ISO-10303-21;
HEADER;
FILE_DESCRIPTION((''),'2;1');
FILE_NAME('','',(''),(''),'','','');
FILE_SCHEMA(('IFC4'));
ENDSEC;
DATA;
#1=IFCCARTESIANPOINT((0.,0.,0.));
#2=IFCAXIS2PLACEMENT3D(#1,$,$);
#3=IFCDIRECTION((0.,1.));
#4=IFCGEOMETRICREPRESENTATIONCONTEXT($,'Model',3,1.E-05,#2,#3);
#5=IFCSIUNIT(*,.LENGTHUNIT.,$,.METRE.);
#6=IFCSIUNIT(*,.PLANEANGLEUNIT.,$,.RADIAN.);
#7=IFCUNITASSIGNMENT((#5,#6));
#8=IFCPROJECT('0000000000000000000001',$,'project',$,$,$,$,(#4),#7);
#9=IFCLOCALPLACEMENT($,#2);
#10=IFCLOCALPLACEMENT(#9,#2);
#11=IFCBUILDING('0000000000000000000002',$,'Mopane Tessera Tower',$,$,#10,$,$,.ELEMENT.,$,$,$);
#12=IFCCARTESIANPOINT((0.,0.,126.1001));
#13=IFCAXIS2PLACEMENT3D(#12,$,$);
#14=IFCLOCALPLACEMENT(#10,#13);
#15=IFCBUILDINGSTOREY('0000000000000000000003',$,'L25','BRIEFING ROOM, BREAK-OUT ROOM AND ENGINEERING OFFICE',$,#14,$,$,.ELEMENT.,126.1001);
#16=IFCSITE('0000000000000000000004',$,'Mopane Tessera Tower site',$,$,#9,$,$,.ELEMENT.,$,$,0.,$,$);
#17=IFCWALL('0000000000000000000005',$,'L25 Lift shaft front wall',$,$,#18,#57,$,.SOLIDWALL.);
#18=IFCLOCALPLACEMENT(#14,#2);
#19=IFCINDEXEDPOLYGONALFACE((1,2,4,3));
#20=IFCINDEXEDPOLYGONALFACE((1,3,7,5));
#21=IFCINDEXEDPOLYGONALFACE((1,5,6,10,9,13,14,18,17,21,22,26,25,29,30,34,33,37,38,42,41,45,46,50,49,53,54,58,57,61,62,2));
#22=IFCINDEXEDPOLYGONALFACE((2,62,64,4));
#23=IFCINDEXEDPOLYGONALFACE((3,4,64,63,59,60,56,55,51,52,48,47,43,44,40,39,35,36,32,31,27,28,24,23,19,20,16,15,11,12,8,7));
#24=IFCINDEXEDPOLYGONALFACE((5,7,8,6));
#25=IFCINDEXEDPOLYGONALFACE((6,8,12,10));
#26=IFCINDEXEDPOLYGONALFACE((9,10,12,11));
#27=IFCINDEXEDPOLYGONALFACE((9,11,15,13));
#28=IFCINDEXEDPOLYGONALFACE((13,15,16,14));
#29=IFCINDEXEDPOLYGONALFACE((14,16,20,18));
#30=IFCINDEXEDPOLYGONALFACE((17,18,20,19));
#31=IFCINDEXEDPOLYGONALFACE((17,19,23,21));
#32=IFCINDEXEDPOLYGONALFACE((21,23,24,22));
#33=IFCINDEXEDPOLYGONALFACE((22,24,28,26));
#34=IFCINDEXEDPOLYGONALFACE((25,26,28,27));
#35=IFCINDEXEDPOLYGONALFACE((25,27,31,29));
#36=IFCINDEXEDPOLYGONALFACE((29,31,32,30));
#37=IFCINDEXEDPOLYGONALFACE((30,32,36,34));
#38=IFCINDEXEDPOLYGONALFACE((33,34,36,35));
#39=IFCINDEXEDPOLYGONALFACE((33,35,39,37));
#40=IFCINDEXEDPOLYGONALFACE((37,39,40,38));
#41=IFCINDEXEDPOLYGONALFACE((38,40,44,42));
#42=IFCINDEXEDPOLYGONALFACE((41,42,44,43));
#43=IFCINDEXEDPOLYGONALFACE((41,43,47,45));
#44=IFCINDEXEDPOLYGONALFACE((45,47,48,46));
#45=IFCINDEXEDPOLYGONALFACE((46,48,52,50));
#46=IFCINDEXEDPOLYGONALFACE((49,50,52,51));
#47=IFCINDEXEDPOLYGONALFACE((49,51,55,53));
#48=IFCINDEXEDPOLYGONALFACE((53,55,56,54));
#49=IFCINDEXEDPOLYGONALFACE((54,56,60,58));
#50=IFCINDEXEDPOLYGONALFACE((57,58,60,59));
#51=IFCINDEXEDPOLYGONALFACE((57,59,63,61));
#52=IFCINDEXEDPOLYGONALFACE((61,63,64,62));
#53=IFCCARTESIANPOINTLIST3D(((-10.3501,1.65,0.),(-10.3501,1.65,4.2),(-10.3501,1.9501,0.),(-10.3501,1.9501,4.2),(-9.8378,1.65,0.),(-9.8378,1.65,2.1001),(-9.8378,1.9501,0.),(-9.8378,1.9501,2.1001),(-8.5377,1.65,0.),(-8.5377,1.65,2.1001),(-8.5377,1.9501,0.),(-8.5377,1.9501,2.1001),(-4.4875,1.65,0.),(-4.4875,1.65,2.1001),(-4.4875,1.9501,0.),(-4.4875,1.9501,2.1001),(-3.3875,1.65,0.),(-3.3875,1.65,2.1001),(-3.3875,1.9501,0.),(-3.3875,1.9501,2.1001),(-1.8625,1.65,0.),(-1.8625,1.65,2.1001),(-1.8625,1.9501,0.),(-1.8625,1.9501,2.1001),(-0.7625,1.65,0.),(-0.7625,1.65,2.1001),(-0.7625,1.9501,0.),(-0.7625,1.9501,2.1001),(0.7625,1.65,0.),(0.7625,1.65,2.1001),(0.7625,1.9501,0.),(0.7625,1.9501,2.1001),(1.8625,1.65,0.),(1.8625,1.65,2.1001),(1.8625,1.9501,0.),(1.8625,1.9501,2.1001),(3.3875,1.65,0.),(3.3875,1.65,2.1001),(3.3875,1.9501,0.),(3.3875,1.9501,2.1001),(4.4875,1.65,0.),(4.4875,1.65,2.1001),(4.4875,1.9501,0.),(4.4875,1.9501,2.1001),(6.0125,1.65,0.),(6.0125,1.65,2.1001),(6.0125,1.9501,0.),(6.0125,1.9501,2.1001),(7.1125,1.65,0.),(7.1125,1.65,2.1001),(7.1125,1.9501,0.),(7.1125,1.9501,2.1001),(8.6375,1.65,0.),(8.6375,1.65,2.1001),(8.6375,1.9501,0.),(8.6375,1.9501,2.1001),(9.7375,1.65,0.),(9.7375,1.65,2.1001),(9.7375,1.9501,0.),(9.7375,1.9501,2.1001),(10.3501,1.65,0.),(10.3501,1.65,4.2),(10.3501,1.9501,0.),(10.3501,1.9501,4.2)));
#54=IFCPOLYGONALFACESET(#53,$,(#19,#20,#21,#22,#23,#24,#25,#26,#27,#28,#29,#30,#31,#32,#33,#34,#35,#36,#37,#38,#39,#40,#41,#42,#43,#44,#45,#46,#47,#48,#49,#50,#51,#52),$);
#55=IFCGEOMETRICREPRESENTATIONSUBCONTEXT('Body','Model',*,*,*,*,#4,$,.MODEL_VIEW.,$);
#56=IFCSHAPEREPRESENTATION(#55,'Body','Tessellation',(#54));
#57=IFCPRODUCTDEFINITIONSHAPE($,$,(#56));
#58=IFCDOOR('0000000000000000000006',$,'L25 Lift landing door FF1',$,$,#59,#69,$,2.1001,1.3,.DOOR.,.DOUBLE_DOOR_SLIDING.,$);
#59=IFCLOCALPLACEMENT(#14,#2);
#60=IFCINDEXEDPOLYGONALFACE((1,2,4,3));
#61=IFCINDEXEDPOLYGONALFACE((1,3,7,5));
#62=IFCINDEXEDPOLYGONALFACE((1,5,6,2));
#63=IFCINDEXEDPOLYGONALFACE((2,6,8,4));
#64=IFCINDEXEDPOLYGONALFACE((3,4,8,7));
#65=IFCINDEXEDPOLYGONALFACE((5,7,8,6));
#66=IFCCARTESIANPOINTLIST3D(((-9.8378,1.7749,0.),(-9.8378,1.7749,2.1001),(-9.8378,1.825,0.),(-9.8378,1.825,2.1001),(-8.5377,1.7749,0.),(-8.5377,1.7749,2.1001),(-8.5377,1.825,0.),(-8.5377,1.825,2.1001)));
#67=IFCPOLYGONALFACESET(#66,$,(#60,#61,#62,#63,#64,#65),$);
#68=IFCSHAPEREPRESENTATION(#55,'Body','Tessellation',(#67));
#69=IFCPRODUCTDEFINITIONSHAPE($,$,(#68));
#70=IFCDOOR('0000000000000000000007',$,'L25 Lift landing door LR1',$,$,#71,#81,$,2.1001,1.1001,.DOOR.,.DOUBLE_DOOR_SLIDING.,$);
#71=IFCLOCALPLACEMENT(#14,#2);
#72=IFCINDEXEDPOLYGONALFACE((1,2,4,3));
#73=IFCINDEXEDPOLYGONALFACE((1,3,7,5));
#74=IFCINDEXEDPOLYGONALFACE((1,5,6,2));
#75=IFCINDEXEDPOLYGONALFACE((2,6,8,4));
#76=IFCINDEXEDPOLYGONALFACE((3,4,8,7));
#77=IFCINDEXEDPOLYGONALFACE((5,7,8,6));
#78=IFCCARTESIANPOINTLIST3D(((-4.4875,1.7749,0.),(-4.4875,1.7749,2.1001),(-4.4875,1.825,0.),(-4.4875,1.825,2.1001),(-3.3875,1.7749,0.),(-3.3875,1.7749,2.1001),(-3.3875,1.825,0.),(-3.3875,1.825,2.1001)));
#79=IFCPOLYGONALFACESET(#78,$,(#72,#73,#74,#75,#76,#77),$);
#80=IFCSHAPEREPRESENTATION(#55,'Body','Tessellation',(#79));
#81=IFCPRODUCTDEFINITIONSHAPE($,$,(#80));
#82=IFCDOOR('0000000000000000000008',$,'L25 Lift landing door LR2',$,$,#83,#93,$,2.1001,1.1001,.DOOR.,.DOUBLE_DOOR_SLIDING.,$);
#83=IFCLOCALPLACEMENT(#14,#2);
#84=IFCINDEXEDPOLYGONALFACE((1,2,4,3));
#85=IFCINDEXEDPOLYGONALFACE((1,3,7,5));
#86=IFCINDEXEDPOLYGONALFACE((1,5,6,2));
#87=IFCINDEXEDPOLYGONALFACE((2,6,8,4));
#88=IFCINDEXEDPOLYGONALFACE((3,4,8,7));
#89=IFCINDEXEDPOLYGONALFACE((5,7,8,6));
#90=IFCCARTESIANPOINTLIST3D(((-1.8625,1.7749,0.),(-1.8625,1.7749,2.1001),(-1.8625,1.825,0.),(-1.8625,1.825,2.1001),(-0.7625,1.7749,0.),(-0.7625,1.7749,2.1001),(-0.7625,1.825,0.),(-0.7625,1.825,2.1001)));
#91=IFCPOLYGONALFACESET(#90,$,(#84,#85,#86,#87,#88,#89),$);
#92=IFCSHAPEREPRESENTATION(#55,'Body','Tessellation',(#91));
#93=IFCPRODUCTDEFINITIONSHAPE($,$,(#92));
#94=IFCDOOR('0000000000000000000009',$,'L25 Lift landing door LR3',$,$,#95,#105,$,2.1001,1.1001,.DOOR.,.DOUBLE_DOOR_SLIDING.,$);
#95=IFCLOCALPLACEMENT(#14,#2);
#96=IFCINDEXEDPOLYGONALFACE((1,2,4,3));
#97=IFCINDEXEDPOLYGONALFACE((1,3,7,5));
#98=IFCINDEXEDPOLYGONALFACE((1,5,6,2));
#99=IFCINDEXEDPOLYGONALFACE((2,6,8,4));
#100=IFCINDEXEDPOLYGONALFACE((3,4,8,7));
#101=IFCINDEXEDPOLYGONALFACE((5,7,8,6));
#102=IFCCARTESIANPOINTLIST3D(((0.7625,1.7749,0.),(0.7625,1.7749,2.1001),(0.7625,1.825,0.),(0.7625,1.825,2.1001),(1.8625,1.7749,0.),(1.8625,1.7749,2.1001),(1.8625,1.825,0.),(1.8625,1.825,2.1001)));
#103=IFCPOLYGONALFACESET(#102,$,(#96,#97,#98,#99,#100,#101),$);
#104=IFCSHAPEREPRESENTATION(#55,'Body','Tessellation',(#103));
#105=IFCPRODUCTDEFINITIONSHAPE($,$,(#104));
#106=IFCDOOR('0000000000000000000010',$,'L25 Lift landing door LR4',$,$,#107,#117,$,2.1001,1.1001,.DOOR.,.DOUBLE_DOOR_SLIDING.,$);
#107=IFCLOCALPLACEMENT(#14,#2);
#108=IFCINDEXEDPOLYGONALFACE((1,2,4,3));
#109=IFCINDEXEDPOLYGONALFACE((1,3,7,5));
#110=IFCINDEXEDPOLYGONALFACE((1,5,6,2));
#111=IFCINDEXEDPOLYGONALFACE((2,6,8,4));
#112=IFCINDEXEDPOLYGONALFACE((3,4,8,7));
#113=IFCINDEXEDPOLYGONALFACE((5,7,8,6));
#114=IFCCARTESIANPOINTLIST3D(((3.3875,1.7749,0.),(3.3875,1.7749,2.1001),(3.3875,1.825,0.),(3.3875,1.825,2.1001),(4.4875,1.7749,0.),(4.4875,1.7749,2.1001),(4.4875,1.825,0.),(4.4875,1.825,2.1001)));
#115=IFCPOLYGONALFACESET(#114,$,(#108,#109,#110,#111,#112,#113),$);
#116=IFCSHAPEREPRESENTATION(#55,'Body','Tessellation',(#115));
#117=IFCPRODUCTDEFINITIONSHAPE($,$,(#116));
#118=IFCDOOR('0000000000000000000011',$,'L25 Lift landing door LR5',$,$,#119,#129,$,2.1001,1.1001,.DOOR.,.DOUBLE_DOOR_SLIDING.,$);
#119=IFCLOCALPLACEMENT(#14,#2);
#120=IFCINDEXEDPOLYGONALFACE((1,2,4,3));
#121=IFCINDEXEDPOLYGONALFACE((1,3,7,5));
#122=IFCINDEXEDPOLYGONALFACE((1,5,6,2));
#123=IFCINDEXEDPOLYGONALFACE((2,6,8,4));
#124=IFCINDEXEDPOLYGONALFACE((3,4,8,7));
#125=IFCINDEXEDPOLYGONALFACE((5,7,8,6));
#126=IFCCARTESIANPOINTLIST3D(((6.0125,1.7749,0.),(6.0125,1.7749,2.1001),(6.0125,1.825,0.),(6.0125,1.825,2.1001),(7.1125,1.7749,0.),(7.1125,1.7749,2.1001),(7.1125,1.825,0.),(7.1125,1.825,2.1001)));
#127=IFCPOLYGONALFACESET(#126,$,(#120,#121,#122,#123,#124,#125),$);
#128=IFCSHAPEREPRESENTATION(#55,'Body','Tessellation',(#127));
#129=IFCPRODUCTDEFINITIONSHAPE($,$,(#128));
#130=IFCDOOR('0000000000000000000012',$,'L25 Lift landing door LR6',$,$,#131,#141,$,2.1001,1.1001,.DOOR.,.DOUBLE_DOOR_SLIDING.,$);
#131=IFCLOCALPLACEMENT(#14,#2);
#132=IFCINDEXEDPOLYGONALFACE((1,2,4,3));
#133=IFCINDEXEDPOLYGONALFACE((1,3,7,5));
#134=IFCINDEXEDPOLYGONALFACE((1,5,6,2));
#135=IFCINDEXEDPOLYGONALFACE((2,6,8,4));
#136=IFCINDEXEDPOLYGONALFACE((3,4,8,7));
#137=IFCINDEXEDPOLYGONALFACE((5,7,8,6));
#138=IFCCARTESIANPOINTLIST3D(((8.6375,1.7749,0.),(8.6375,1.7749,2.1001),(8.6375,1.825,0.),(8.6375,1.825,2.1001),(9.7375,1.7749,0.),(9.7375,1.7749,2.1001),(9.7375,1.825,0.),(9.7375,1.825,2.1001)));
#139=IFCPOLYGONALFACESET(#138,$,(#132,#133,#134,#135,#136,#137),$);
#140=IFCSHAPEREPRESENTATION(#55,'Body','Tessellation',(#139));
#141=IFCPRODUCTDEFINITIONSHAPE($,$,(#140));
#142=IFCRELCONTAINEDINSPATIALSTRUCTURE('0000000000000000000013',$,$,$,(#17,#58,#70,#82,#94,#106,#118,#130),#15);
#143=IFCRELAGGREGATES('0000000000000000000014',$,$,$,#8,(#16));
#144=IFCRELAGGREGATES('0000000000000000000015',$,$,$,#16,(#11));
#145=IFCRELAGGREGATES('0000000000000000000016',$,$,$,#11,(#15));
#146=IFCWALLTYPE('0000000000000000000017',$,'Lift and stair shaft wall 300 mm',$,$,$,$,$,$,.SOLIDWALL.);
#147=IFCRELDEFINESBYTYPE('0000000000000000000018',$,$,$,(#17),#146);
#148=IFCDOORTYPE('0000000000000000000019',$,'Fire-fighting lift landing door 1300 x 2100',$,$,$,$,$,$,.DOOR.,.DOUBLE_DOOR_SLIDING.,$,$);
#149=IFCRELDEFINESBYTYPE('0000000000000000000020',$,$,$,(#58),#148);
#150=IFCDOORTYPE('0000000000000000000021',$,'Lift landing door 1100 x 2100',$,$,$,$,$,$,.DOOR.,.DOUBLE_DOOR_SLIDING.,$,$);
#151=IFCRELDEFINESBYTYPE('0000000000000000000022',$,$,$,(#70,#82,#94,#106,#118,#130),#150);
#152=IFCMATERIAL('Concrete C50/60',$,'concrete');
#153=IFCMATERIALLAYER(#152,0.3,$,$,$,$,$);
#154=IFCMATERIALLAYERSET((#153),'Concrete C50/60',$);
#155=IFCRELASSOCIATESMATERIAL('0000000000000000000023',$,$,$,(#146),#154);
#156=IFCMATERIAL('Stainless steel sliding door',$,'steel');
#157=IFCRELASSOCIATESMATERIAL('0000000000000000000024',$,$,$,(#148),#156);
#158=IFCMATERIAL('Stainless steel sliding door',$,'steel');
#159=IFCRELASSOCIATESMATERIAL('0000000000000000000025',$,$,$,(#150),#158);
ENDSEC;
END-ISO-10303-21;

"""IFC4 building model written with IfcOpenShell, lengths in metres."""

from ifc_helpers import new_model, si_unit, direction, frame, frame_2d, origin, place, context, subcontext, project, spatial, rectangle, extrude, material, layer, layer_set, type_object, element, fill, save


model = new_model("IFC4")

# Units and contexts
model_context = context("Model", 3, precision=1e-05, world=origin(), true_north=direction((0.0, 1.0)))
body_context = subcontext(model_context, "Body", "Model", "MODEL_VIEW")
ifc_project = project(units=[si_unit("LENGTHUNIT", "METRE"), si_unit("PLANEANGLEUNIT", "RADIAN")], contexts=[model_context])

# Site, building, storey
site_placement = place(None, origin())
site = spatial("IfcSite", under=ifc_project, at=site_placement, Name="Mopane Tessera Tower site", CompositionType="ELEMENT", RefElevation=0.0)
building_placement = place(site_placement, origin())
building = spatial("IfcBuilding", under=site, at=building_placement, Name="Mopane Tessera Tower", CompositionType="ELEMENT")
storey_placement = place(building_placement, frame((0.0, 0.0, 126.1001)))
storey = spatial("IfcBuildingStorey", under=building, at=storey_placement, Name="L25", Description="BRIEFING ROOM, BREAK-OUT ROOM AND ENGINEERING OFFICE", CompositionType="ELEMENT", Elevation=126.1001)

# Wall, openings, doors
ifc_material_1 = material(Name="Concrete C50/60", Category="concrete")
ifc_layer_1 = layer(ifc_material_1, 0.3)
ifc_layer_set_1 = layer_set([ifc_layer_1], Name="Concrete C50/60")
wall_type_1 = type_object("IfcWallType", Name="Lift and stair shaft wall 300 mm", PredefinedType="SOLIDWALL", material=ifc_layer_set_1)
wall_1_placement = place(storey_placement, frame((-10.3501, 1.8, 0.0), z_axis=(0.0, 0.0, 1.0), x_axis=(1.0, 0.0, 0.0)))
wall_1 = element("IfcWall", 1, at=wall_1_placement, inside=storey, type_object=wall_type_1, Name="L25 Lift shaft front wall", PredefinedType="SOLIDWALL", context=body_context, shape_type="SweptSolid", body=[
    extrude(rectangle(XDim=20.7002, YDim=0.3, at=frame_2d((10.3501, 0.0))), origin(), (0.0, 0.0, 1.0), 4.2),
])
opening_1_placement = place(wall_1_placement, frame((0.5125, 0.0, 0.0)))
opening_1 = element("IfcOpeningElement", 2, at=opening_1_placement, cuts=wall_1, PredefinedType="OPENING", context=body_context, shape_type="SweptSolid", body=[
    extrude(rectangle(XDim=1.3, YDim=2.1001, at=frame_2d((0.6499, 1.05))), frame((0.0, 0.1621, 0.0), z_axis=(0.0, -1.0, 0.0), x_axis=(1.0, 0.0, 0.0)), (0.0, 0.0, 1.0), 0.324),
])
opening_2_placement = place(wall_1_placement, frame((5.8625, 0.0, 0.0)))
opening_2 = element("IfcOpeningElement", 3, at=opening_2_placement, cuts=wall_1, PredefinedType="OPENING", context=body_context, shape_type="SweptSolid", body=[
    extrude(rectangle(XDim=1.1001, YDim=2.1001, at=frame_2d((0.55, 1.05))), frame((0.0, 0.1621, 0.0), z_axis=(0.0, -1.0, 0.0), x_axis=(1.0, 0.0, 0.0)), (0.0, 0.0, 1.0), 0.324),
])
opening_3_placement = place(wall_1_placement, frame((8.4875, 0.0, 0.0)))
opening_3 = element("IfcOpeningElement", 4, at=opening_3_placement, cuts=wall_1, PredefinedType="OPENING", context=body_context, shape_type="SweptSolid", body=[
    extrude(rectangle(XDim=1.1001, YDim=2.1001, at=frame_2d((0.55, 1.05))), frame((0.0, 0.1621, 0.0), z_axis=(0.0, -1.0, 0.0), x_axis=(1.0, 0.0, 0.0)), (0.0, 0.0, 1.0), 0.324),
])
opening_4_placement = place(wall_1_placement, frame((11.1125, 0.0, 0.0)))
opening_4 = element("IfcOpeningElement", 5, at=opening_4_placement, cuts=wall_1, PredefinedType="OPENING", context=body_context, shape_type="SweptSolid", body=[
    extrude(rectangle(XDim=1.1001, YDim=2.1001, at=frame_2d((0.55, 1.05))), frame((0.0, 0.1621, 0.0), z_axis=(0.0, -1.0, 0.0), x_axis=(1.0, 0.0, 0.0)), (0.0, 0.0, 1.0), 0.324),
])
opening_5_placement = place(wall_1_placement, frame((13.7375, 0.0, 0.0)))
opening_5 = element("IfcOpeningElement", 6, at=opening_5_placement, cuts=wall_1, PredefinedType="OPENING", context=body_context, shape_type="SweptSolid", body=[
    extrude(rectangle(XDim=1.1001, YDim=2.1001, at=frame_2d((0.55, 1.05))), frame((0.0, 0.1621, 0.0), z_axis=(0.0, -1.0, 0.0), x_axis=(1.0, 0.0, 0.0)), (0.0, 0.0, 1.0), 0.324),
])
opening_6_placement = place(wall_1_placement, frame((16.3625, 0.0, 0.0)))
opening_6 = element("IfcOpeningElement", 7, at=opening_6_placement, cuts=wall_1, PredefinedType="OPENING", context=body_context, shape_type="SweptSolid", body=[
    extrude(rectangle(XDim=1.1001, YDim=2.1001, at=frame_2d((0.55, 1.05))), frame((0.0, 0.1621, 0.0), z_axis=(0.0, -1.0, 0.0), x_axis=(1.0, 0.0, 0.0)), (0.0, 0.0, 1.0), 0.324),
])
opening_7_placement = place(wall_1_placement, frame((18.9875, 0.0, 0.0)))
opening_7 = element("IfcOpeningElement", 8, at=opening_7_placement, cuts=wall_1, PredefinedType="OPENING", context=body_context, shape_type="SweptSolid", body=[
    extrude(rectangle(XDim=1.1001, YDim=2.1001, at=frame_2d((0.55, 1.05))), frame((0.0, 0.1621, 0.0), z_axis=(0.0, -1.0, 0.0), x_axis=(1.0, 0.0, 0.0)), (0.0, 0.0, 1.0), 0.324),
])
ifc_material_2 = material(Name="Stainless steel sliding door", Category="steel")
door_type_1 = type_object("IfcDoorType", Name="Fire-fighting lift landing door 1300 x 2100", OperationType="DOUBLE_DOOR_SLIDING", PredefinedType="DOOR", material=ifc_material_2)
door_1_placement = place(opening_1_placement, origin())
door_1 = element("IfcDoor", 9, at=door_1_placement, inside=storey, type_object=door_type_1, Name="L25 Lift landing door FF1", OperationType="DOUBLE_DOOR_SLIDING", OverallHeight=2.1001, OverallWidth=1.3, PredefinedType="DOOR", context=body_context, shape_type="SweptSolid", body=[
    extrude(rectangle(XDim=1.3, YDim=2.1001, at=frame_2d((0.6499, 1.05))), frame((0.0, 0.0249, 0.0), z_axis=(0.0, -1.0, 0.0), x_axis=(1.0, 0.0, 0.0)), (0.0, 0.0, 1.0), 0.05),
])
fill(opening_1, door_1)
ifc_material_3 = material(Name="Stainless steel sliding door", Category="steel")
door_type_2 = type_object("IfcDoorType", Name="Lift landing door 1100 x 2100", OperationType="DOUBLE_DOOR_SLIDING", PredefinedType="DOOR", material=ifc_material_3)
door_2_placement = place(opening_2_placement, origin())
door_2 = element("IfcDoor", 10, at=door_2_placement, inside=storey, type_object=door_type_2, Name="L25 Lift landing door LR1", OperationType="DOUBLE_DOOR_SLIDING", OverallHeight=2.1001, OverallWidth=1.1001, PredefinedType="DOOR", context=body_context, shape_type="SweptSolid", body=[
    extrude(rectangle(XDim=1.1001, YDim=2.1001, at=frame_2d((0.55, 1.05))), frame((0.0, 0.0249, 0.0), z_axis=(0.0, -1.0, 0.0), x_axis=(1.0, 0.0, 0.0)), (0.0, 0.0, 1.0), 0.05),
])
fill(opening_2, door_2)
door_3_placement = place(opening_3_placement, origin())
door_3 = element("IfcDoor", 11, at=door_3_placement, inside=storey, type_object=door_type_2, Name="L25 Lift landing door LR2", OperationType="DOUBLE_DOOR_SLIDING", OverallHeight=2.1001, OverallWidth=1.1001, PredefinedType="DOOR", context=body_context, shape_type="SweptSolid", body=[
    extrude(rectangle(XDim=1.1001, YDim=2.1001, at=frame_2d((0.55, 1.05))), frame((0.0, 0.0249, 0.0), z_axis=(0.0, -1.0, 0.0), x_axis=(1.0, 0.0, 0.0)), (0.0, 0.0, 1.0), 0.05),
])
fill(opening_3, door_3)
door_4_placement = place(opening_4_placement, origin())
door_4 = element("IfcDoor", 12, at=door_4_placement, inside=storey, type_object=door_type_2, Name="L25 Lift landing door LR3", OperationType="DOUBLE_DOOR_SLIDING", OverallHeight=2.1001, OverallWidth=1.1001, PredefinedType="DOOR", context=body_context, shape_type="SweptSolid", body=[
    extrude(rectangle(XDim=1.1001, YDim=2.1001, at=frame_2d((0.55, 1.05))), frame((0.0, 0.0249, 0.0), z_axis=(0.0, -1.0, 0.0), x_axis=(1.0, 0.0, 0.0)), (0.0, 0.0, 1.0), 0.05),
])
fill(opening_4, door_4)
door_5_placement = place(opening_5_placement, origin())
door_5 = element("IfcDoor", 13, at=door_5_placement, inside=storey, type_object=door_type_2, Name="L25 Lift landing door LR4", OperationType="DOUBLE_DOOR_SLIDING", OverallHeight=2.1001, OverallWidth=1.1001, PredefinedType="DOOR", context=body_context, shape_type="SweptSolid", body=[
    extrude(rectangle(XDim=1.1001, YDim=2.1001, at=frame_2d((0.55, 1.05))), frame((0.0, 0.0249, 0.0), z_axis=(0.0, -1.0, 0.0), x_axis=(1.0, 0.0, 0.0)), (0.0, 0.0, 1.0), 0.05),
])
fill(opening_5, door_5)
door_6_placement = place(opening_6_placement, origin())
door_6 = element("IfcDoor", 14, at=door_6_placement, inside=storey, type_object=door_type_2, Name="L25 Lift landing door LR5", OperationType="DOUBLE_DOOR_SLIDING", OverallHeight=2.1001, OverallWidth=1.1001, PredefinedType="DOOR", context=body_context, shape_type="SweptSolid", body=[
    extrude(rectangle(XDim=1.1001, YDim=2.1001, at=frame_2d((0.55, 1.05))), frame((0.0, 0.0249, 0.0), z_axis=(0.0, -1.0, 0.0), x_axis=(1.0, 0.0, 0.0)), (0.0, 0.0, 1.0), 0.05),
])
fill(opening_6, door_6)
door_7_placement = place(opening_7_placement, origin())
door_7 = element("IfcDoor", 15, at=door_7_placement, inside=storey, type_object=door_type_2, Name="L25 Lift landing door LR6", OperationType="DOUBLE_DOOR_SLIDING", OverallHeight=2.1001, OverallWidth=1.1001, PredefinedType="DOOR", context=body_context, shape_type="SweptSolid", body=[
    extrude(rectangle(XDim=1.1001, YDim=2.1001, at=frame_2d((0.55, 1.05))), frame((0.0, 0.0249, 0.0), z_axis=(0.0, -1.0, 0.0), x_axis=(1.0, 0.0, 0.0)), (0.0, 0.0, 1.0), 0.05),
])
fill(opening_7, door_7)

save(model, "model.ifc")
